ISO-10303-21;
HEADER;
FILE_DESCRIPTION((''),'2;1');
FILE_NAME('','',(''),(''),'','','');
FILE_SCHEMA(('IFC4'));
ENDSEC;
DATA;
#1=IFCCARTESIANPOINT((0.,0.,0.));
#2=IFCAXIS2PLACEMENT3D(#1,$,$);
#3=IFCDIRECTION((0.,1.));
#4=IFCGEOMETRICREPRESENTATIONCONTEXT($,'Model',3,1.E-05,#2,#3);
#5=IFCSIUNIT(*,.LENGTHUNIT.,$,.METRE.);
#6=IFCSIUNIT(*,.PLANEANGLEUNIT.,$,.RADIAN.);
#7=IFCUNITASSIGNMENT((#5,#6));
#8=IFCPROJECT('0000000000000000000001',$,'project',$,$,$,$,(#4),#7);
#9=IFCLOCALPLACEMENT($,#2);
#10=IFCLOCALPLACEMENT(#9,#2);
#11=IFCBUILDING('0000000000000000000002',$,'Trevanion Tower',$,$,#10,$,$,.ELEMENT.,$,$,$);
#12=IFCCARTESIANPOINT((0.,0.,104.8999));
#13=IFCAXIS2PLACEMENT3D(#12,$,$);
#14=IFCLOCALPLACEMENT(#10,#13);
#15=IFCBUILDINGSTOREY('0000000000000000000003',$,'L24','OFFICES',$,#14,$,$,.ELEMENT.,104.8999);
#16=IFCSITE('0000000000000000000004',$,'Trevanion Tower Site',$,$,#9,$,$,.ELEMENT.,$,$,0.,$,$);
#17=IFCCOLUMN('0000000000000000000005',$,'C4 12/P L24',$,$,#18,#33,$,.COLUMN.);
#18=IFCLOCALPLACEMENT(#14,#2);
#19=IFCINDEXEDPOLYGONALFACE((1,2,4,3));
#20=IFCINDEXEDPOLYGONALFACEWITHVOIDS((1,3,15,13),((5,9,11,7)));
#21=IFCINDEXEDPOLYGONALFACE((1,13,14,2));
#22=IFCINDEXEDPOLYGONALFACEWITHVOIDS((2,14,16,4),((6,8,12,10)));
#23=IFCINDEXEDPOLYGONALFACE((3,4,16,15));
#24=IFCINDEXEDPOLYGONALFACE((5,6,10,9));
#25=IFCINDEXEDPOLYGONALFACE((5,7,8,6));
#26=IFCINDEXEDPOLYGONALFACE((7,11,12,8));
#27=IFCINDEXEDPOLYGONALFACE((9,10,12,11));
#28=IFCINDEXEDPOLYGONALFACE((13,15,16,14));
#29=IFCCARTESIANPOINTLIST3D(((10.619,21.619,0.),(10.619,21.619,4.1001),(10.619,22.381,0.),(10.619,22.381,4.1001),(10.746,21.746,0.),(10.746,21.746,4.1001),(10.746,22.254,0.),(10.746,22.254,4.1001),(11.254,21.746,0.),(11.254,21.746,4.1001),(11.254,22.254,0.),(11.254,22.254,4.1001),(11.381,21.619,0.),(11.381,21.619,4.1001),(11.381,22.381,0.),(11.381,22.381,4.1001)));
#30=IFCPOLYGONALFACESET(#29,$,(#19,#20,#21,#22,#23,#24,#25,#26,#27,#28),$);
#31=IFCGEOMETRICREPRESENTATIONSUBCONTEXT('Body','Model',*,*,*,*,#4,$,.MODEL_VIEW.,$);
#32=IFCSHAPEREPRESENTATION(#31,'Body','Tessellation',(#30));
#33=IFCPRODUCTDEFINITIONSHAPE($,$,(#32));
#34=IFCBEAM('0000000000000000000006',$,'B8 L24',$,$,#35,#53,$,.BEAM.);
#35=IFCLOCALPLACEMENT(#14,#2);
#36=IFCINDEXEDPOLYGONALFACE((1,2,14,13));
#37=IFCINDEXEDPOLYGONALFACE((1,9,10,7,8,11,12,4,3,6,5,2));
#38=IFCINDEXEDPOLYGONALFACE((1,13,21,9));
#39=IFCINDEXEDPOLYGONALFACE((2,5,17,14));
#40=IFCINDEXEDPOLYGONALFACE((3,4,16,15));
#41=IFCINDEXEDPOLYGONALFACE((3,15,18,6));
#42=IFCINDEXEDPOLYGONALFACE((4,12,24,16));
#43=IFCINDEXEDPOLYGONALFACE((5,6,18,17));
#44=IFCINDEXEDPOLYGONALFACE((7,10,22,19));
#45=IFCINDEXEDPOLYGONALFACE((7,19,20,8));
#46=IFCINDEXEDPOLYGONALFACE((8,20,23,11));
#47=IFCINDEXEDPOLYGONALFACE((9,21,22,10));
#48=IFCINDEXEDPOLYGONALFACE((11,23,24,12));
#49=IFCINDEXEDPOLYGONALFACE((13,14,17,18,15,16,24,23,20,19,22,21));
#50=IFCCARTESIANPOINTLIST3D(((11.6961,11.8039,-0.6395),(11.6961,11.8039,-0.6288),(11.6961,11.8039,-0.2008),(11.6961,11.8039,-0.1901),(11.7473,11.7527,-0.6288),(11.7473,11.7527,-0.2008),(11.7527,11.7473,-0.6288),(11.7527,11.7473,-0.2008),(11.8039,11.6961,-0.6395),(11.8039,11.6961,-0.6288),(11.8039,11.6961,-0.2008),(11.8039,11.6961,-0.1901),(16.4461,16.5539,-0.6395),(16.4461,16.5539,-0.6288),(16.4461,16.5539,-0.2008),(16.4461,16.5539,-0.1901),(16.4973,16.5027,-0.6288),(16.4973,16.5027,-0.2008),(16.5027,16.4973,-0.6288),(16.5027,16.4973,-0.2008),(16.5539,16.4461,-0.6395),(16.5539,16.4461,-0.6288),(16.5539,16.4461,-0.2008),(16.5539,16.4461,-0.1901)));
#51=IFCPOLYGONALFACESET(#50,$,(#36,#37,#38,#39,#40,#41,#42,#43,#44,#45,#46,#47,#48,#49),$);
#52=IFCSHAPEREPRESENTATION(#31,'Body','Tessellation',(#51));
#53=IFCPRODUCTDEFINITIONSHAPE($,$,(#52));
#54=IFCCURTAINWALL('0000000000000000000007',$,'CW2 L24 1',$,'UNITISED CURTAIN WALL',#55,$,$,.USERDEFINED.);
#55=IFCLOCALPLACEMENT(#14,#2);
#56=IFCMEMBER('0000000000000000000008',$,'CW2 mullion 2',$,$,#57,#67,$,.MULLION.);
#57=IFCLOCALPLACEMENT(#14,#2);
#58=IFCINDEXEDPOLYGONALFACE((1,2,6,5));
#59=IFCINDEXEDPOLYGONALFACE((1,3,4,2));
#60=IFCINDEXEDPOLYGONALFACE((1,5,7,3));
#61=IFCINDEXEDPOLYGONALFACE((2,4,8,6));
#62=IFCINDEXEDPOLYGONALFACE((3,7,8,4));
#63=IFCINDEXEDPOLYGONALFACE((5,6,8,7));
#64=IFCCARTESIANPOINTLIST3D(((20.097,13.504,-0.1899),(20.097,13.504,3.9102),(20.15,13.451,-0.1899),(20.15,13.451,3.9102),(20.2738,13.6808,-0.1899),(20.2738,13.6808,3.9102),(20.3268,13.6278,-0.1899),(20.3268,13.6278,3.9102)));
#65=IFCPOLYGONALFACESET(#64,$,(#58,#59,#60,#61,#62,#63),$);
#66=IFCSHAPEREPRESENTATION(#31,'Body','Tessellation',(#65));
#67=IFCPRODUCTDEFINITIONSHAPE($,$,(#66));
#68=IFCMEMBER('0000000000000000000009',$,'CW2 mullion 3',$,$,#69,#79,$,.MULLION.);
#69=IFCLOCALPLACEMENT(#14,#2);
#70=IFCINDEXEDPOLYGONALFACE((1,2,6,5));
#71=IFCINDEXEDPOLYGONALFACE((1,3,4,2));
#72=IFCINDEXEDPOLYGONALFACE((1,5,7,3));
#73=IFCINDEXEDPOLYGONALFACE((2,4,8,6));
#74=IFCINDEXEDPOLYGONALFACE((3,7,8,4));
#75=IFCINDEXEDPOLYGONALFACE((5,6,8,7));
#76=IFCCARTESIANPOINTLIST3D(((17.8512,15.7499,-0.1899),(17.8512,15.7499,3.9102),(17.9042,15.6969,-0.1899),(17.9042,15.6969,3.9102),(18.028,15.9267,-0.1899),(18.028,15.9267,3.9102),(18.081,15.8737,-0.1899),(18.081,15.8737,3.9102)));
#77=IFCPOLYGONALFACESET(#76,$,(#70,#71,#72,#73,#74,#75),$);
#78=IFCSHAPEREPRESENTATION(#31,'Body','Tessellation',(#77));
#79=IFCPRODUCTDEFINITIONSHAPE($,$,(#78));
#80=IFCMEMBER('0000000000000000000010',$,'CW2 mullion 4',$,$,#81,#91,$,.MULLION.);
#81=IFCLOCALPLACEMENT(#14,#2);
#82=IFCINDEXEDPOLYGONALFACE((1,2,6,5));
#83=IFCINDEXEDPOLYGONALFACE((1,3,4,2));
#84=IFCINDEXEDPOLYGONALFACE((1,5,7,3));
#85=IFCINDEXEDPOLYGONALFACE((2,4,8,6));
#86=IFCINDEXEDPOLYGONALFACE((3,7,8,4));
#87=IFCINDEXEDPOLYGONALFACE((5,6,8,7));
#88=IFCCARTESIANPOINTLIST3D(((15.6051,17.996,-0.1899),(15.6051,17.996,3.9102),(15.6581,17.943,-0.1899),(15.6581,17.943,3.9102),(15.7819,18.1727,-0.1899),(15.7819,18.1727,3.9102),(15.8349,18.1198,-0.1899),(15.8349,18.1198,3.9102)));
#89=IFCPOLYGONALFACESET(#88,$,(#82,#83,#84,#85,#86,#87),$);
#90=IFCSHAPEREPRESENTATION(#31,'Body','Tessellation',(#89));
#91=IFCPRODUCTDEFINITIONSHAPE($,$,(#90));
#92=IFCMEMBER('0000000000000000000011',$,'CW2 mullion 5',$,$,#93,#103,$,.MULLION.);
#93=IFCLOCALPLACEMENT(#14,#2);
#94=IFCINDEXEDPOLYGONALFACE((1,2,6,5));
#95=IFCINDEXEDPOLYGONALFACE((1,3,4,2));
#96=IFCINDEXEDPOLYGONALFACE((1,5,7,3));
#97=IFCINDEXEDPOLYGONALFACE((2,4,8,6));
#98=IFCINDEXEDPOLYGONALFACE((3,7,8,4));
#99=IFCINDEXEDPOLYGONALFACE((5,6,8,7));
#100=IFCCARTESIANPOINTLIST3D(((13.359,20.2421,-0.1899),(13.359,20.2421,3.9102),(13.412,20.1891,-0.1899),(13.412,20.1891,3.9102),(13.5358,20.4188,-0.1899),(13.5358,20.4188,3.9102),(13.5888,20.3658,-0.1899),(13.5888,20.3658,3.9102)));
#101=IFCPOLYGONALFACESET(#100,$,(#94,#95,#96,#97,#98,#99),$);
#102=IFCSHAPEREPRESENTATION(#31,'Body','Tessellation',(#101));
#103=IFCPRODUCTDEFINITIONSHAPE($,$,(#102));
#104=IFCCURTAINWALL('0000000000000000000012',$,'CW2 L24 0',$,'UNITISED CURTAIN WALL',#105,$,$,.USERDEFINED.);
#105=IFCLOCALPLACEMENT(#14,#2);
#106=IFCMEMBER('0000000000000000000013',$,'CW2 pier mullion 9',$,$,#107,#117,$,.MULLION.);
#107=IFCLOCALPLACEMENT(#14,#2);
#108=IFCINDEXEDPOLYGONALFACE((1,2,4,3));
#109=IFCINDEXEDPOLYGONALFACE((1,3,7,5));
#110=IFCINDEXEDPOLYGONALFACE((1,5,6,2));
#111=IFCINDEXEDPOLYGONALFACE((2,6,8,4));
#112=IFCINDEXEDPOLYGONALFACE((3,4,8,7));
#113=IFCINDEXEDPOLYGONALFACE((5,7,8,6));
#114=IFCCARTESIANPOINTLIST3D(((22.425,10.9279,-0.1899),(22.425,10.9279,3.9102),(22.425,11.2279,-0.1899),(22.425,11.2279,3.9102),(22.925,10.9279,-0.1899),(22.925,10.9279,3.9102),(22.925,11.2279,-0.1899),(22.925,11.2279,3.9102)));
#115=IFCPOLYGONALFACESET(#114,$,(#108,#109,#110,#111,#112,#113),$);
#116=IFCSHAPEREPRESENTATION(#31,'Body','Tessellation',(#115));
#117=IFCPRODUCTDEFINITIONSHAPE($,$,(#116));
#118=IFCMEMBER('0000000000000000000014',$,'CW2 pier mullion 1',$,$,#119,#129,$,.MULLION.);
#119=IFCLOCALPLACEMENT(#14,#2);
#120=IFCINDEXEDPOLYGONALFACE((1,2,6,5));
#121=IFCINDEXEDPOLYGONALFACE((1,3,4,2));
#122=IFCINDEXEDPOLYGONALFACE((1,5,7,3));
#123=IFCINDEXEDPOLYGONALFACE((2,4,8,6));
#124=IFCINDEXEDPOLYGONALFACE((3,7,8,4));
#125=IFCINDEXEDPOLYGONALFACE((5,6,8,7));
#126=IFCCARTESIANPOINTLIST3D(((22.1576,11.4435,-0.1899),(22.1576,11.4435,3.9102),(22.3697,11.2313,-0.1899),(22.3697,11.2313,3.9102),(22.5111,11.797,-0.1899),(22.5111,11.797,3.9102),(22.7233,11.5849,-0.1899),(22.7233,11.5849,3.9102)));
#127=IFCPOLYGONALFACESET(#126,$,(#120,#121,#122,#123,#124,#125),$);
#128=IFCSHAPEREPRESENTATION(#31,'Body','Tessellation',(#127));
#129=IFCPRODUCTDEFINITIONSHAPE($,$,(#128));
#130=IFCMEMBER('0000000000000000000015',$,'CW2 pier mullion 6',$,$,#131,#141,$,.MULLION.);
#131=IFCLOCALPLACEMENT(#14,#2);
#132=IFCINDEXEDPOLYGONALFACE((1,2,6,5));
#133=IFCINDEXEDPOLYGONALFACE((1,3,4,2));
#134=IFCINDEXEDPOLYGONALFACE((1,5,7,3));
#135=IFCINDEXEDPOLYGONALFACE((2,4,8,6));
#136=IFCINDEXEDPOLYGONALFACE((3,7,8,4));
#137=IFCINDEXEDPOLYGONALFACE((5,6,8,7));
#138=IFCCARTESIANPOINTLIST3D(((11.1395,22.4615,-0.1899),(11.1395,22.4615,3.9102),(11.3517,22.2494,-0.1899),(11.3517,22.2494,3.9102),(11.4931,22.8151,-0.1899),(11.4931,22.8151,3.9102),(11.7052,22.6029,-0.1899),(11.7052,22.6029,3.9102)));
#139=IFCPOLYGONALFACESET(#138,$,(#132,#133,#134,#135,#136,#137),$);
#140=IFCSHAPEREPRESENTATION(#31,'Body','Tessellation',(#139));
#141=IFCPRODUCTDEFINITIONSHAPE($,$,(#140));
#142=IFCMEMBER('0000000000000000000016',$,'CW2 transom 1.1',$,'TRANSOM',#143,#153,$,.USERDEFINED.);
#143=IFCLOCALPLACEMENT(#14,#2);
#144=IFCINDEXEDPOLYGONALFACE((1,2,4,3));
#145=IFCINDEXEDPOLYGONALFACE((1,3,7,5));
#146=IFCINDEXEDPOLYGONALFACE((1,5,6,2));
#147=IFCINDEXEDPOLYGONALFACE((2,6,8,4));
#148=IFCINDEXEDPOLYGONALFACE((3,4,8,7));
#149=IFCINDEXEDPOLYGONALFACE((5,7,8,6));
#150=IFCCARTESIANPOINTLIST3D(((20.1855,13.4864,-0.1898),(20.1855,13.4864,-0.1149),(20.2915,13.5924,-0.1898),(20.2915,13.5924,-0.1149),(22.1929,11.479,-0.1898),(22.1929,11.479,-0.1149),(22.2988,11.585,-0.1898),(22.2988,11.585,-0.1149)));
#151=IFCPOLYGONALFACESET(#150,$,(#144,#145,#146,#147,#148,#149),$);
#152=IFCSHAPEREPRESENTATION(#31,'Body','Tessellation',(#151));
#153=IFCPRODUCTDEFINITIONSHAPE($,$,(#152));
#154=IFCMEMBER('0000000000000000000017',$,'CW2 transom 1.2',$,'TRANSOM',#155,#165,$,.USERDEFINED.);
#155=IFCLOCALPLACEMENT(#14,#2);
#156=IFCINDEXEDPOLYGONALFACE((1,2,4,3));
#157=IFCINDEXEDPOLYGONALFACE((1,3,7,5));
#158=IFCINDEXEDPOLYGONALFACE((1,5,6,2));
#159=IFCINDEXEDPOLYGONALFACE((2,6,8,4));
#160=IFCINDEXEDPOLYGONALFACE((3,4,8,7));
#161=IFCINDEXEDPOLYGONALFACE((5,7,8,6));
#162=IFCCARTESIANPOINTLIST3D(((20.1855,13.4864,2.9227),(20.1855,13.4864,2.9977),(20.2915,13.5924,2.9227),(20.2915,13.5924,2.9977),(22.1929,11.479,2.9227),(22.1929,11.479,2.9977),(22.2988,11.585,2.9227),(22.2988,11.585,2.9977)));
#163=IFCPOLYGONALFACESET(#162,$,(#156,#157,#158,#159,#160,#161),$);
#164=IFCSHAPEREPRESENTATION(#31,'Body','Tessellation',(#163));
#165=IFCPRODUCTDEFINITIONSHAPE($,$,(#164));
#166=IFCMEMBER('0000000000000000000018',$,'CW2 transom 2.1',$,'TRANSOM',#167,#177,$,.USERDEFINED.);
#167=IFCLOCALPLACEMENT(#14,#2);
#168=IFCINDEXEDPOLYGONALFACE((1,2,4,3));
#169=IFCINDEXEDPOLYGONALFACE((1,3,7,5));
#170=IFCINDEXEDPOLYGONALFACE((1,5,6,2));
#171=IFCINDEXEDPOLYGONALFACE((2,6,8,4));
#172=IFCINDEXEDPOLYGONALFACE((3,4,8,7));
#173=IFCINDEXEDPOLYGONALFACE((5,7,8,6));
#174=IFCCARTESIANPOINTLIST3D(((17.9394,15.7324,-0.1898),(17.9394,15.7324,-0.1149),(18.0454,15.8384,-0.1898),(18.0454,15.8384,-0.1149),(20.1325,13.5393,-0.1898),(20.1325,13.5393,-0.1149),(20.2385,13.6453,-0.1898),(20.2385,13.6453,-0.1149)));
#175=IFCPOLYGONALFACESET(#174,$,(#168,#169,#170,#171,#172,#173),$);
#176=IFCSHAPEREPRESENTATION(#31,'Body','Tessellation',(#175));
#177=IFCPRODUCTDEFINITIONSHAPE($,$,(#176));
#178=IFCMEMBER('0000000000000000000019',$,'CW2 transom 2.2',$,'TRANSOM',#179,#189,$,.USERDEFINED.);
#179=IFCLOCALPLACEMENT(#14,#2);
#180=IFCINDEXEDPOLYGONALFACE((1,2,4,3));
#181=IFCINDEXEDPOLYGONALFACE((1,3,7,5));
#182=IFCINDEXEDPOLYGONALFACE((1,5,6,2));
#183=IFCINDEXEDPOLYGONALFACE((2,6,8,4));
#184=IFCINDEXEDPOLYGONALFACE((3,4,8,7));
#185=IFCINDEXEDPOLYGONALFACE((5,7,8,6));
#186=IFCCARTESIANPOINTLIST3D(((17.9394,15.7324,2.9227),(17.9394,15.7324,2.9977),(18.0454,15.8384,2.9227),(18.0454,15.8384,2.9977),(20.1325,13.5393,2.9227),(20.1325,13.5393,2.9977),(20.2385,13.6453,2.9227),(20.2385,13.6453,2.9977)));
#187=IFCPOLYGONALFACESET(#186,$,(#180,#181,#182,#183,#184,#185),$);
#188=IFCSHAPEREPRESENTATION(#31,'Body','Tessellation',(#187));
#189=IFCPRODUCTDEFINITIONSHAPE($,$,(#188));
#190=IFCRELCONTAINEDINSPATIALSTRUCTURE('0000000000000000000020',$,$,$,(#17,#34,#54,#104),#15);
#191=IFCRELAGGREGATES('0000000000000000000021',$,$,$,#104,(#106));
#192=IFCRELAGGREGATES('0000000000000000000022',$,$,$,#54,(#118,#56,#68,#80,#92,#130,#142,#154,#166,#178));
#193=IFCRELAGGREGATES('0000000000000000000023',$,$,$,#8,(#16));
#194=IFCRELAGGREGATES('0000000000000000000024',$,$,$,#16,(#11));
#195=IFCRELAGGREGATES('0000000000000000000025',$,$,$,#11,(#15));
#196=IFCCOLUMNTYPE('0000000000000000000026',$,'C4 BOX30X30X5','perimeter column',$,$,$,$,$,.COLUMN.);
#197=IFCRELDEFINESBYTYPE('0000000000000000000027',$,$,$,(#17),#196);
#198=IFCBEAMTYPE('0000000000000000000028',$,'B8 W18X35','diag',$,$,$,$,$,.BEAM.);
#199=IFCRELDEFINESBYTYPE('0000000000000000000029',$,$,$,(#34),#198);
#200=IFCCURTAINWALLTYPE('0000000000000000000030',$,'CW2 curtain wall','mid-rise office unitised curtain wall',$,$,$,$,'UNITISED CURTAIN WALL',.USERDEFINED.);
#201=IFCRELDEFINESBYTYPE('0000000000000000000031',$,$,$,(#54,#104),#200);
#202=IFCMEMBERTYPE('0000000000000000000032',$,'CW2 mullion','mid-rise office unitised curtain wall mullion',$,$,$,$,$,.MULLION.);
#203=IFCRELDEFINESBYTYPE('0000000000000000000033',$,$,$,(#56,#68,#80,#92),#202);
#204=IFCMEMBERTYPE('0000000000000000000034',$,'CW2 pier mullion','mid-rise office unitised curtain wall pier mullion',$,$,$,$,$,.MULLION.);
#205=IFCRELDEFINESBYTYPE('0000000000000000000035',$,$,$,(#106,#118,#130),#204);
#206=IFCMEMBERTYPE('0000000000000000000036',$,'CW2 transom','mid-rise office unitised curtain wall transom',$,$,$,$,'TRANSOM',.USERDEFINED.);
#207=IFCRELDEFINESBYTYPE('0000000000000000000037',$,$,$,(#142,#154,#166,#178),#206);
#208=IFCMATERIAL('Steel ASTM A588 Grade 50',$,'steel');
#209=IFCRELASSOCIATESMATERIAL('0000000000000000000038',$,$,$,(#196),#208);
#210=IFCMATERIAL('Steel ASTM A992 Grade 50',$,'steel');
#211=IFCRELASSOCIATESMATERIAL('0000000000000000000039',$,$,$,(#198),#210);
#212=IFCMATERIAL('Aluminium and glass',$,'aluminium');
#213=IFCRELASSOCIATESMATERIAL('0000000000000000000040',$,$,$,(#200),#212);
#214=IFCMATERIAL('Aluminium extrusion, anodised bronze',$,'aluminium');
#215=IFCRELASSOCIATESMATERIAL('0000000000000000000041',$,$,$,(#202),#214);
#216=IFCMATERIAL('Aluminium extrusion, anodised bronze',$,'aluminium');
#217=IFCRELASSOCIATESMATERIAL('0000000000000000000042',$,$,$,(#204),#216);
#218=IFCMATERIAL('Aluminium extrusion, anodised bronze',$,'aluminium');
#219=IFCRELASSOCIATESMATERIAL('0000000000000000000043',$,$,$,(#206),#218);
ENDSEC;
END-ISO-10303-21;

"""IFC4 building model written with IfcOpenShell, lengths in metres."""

from ifc_helpers import new_model, si_unit, direction, frame, origin, origin_2d, place, context, subcontext, project, spatial, rectangle, hollow_rectangle, i_section, extrude, material, material_profile, profile_set, type_object, element, aggregate, save


model = new_model("IFC4")

# Units and contexts
model_context = context("Model", 3, precision=1e-05, world=origin(), true_north=direction((0.0, 1.0)))
body_context = subcontext(model_context, "Body", "Model", "MODEL_VIEW")
ifc_project = project(units=[si_unit("LENGTHUNIT", "METRE"), si_unit("PLANEANGLEUNIT", "RADIAN")], contexts=[model_context])

# Site, building, storey
site_placement = place(None, origin())
site = spatial("IfcSite", under=ifc_project, at=site_placement, Name="Trevanion Tower Site", CompositionType="ELEMENT", RefElevation=0.0)
building_placement = place(site_placement, origin())
building = spatial("IfcBuilding", under=site, at=building_placement, Name="Trevanion Tower", CompositionType="ELEMENT")
storey_placement = place(building_placement, frame((0.0, 0.0, 104.8999)))
storey = spatial("IfcBuildingStorey", under=building, at=storey_placement, Name="L24", Description="OFFICES", CompositionType="ELEMENT", Elevation=104.8999)

# Column
ifc_material_1 = material(Name="Steel ASTM A588 Grade 50", Category="steel")
ifc_material_profile_1 = material_profile(ifc_material_1, hollow_rectangle(XDim=0.762, YDim=0.762, WallThickness=0.127, at=origin_2d()), Name="BOX30X30X5")
ifc_profile_set_1 = profile_set([ifc_material_profile_1], Name="Steel ASTM A588 Grade 50")
column_type = type_object("IfcColumnType", Name="C4 BOX30X30X5", Description="perimeter column", PredefinedType="COLUMN", material=ifc_profile_set_1)
column_placement = place(storey_placement, frame((11.0, 22.0, 0.0), z_axis=(0.0, 0.0, 1.0), x_axis=(1.0, 0.0, 0.0)))
element("IfcColumn", 1, at=column_placement, inside=storey, type_object=column_type, Name="C4 12/P L24", PredefinedType="COLUMN", context=body_context, shape_type="SweptSolid", body=[
    extrude(hollow_rectangle(XDim=0.762, YDim=0.762, WallThickness=0.127, at=origin_2d()), origin(), (0.0, 0.0, 1.0), 4.1001),
])

# Beam
ifc_material_2 = material(Name="Steel ASTM A992 Grade 50", Category="steel")
ifc_material_profile_2 = material_profile(ifc_material_2, i_section(OverallWidth=0.1523, OverallDepth=0.4495, WebThickness=0.0076, FlangeThickness=0.0107, at=origin_2d()), Name="W18X35")
ifc_profile_set_2 = profile_set([ifc_material_profile_2], Name="Steel ASTM A992 Grade 50")
beam_type_1 = type_object("IfcBeamType", Name="B8 W18X35", Description="diag", PredefinedType="BEAM", material=ifc_profile_set_2)
beam_1_placement = place(storey_placement, frame((11.75, 11.75, -0.4148), z_axis=(0.707107, 0.707107, 0.0), x_axis=(-0.707107, 0.707107, 0.0)))
element("IfcBeam", 2, at=beam_1_placement, inside=storey, type_object=beam_type_1, Name="B8 L24", PredefinedType="BEAM", context=body_context, shape_type="SweptSolid", body=[
    extrude(i_section(OverallWidth=0.1523, OverallDepth=0.4495, WebThickness=0.0076, FlangeThickness=0.0107, at=origin_2d()), origin(), (0.0, 0.0, 1.0), 6.7175),
])

# Curtain wall, members
ifc_material_3 = material(Name="Aluminium and glass", Category="aluminium")
curtain_wall_type = type_object("IfcCurtainWallType", Name="CW2 curtain wall", Description="mid-rise office unitised curtain wall", ElementType="UNITISED CURTAIN WALL", PredefinedType="USERDEFINED", material=ifc_material_3)
curtain_wall_1_placement = place(storey_placement, origin())
curtain_wall_1 = element("IfcCurtainWall", 3, at=curtain_wall_1_placement, inside=storey, type_object=curtain_wall_type, Name="CW2 L24 1", ObjectType="UNITISED CURTAIN WALL", PredefinedType="USERDEFINED")
ifc_material_4 = material(Name="Aluminium extrusion, anodised bronze", Category="aluminium")
ifc_material_profile_3 = material_profile(ifc_material_4, rectangle(XDim=0.075, YDim=0.25, at=origin_2d()), Name="CW2 mullion")
ifc_profile_set_3 = profile_set([ifc_material_profile_3], Name="Aluminium extrusion, anodised bronze")
member_type_1 = type_object("IfcMemberType", Name="CW2 mullion", Description="mid-rise office unitised curtain wall mullion", PredefinedType="MULLION", material=ifc_profile_set_3)
member_1_placement = place(storey_placement, frame((20.2119, 13.5659, -0.1899), z_axis=(0.0, 0.0, 1.0), x_axis=(-0.707107, 0.707107, 0.0)))
member_1 = element("IfcMember", 4, at=member_1_placement, type_object=member_type_1, Name="CW2 mullion 2", PredefinedType="MULLION", context=body_context, shape_type="SweptSolid", body=[
    extrude(rectangle(XDim=0.075, YDim=0.25, at=origin_2d()), origin(), (0.0, 0.0, 1.0), 4.1001),
])
member_2_placement = place(storey_placement, frame((17.9661, 15.8118, -0.1899), z_axis=(0.0, 0.0, 1.0), x_axis=(-0.707107, 0.707107, 0.0)))
member_2 = element("IfcMember", 5, at=member_2_placement, type_object=member_type_1, Name="CW2 mullion 3", PredefinedType="MULLION", context=body_context, shape_type="SweptSolid", body=[
    extrude(rectangle(XDim=0.075, YDim=0.25, at=origin_2d()), origin(), (0.0, 0.0, 1.0), 4.1001),
])
member_3_placement = place(storey_placement, frame((15.72, 18.0579, -0.1899), z_axis=(0.0, 0.0, 1.0), x_axis=(-0.707107, 0.707107, 0.0)))
member_3 = element("IfcMember", 6, at=member_3_placement, type_object=member_type_1, Name="CW2 mullion 4", PredefinedType="MULLION", context=body_context, shape_type="SweptSolid", body=[
    extrude(rectangle(XDim=0.075, YDim=0.25, at=origin_2d()), origin(), (0.0, 0.0, 1.0), 4.1001),
])
member_4_placement = place(storey_placement, frame((13.4739, 20.304, -0.1899), z_axis=(0.0, 0.0, 1.0), x_axis=(-0.707107, 0.707107, 0.0)))
member_4 = element("IfcMember", 7, at=member_4_placement, type_object=member_type_1, Name="CW2 mullion 5", PredefinedType="MULLION", context=body_context, shape_type="SweptSolid", body=[
    extrude(rectangle(XDim=0.075, YDim=0.25, at=origin_2d()), origin(), (0.0, 0.0, 1.0), 4.1001),
])

# Curtain wall, member
curtain_wall_2_placement = place(storey_placement, origin())
curtain_wall_2 = element("IfcCurtainWall", 8, at=curtain_wall_2_placement, inside=storey, type_object=curtain_wall_type, Name="CW2 L24 0", ObjectType="UNITISED CURTAIN WALL", PredefinedType="USERDEFINED")
ifc_material_5 = material(Name="Aluminium extrusion, anodised bronze", Category="aluminium")
ifc_material_profile_4 = material_profile(ifc_material_5, rectangle(XDim=0.3, YDim=0.5, at=origin_2d()), Name="CW2 pier mullion")
ifc_profile_set_4 = profile_set([ifc_material_profile_4], Name="Aluminium extrusion, anodised bronze")
member_type_2 = type_object("IfcMemberType", Name="CW2 pier mullion", Description="mid-rise office unitised curtain wall pier mullion", PredefinedType="MULLION", material=ifc_profile_set_4)
member_5_placement = place(storey_placement, frame((22.675, 11.0779, -0.1899), z_axis=(0.0, 0.0, 1.0), x_axis=(0.0, 1.0, 0.0)))
member_5 = element("IfcMember", 9, at=member_5_placement, type_object=member_type_2, Name="CW2 pier mullion 9", PredefinedType="MULLION", context=body_context, shape_type="SweptSolid", body=[
    extrude(rectangle(XDim=0.3, YDim=0.5, at=origin_2d()), origin(), (0.0, 0.0, 1.0), 4.1001),
])
aggregate(curtain_wall_2, [member_5])

# Members
member_6_placement = place(storey_placement, frame((22.4404, 11.5142, -0.1899), z_axis=(0.0, 0.0, 1.0), x_axis=(-0.707107, 0.707107, 0.0)))
member_6 = element("IfcMember", 10, at=member_6_placement, type_object=member_type_2, Name="CW2 pier mullion 1", PredefinedType="MULLION", context=body_context, shape_type="SweptSolid", body=[
    extrude(rectangle(XDim=0.3, YDim=0.5, at=origin_2d()), origin(), (0.0, 0.0, 1.0), 4.1001),
])
member_7_placement = place(storey_placement, frame((11.4224, 22.5322, -0.1899), z_axis=(0.0, 0.0, 1.0), x_axis=(-0.707107, 0.707107, 0.0)))
member_7 = element("IfcMember", 11, at=member_7_placement, type_object=member_type_2, Name="CW2 pier mullion 6", PredefinedType="MULLION", context=body_context, shape_type="SweptSolid", body=[
    extrude(rectangle(XDim=0.3, YDim=0.5, at=origin_2d()), origin(), (0.0, 0.0, 1.0), 4.1001),
])
ifc_material_6 = material(Name="Aluminium extrusion, anodised bronze", Category="aluminium")
ifc_material_profile_5 = material_profile(ifc_material_6, rectangle(XDim=0.1499, YDim=0.075, at=origin_2d()), Name="CW2 transom")
ifc_profile_set_5 = profile_set([ifc_material_profile_5], Name="Aluminium extrusion, anodised bronze")
member_type_3 = type_object("IfcMemberType", Name="CW2 transom", Description="mid-rise office unitised curtain wall transom", ElementType="TRANSOM", PredefinedType="USERDEFINED", material=ifc_profile_set_5)
member_8_placement = place(storey_placement, frame((22.2458, 11.532, -0.1523), z_axis=(-0.707107, 0.707107, 0.0), x_axis=(-0.707107, -0.707107, 0.0)))
member_8 = element("IfcMember", 12, at=member_8_placement, type_object=member_type_3, Name="CW2 transom 1.1", ObjectType="TRANSOM", PredefinedType="USERDEFINED", context=body_context, shape_type="SweptSolid", body=[
    extrude(rectangle(XDim=0.1499, YDim=0.075, at=origin_2d()), origin(), (0.0, 0.0, 1.0), 2.8389),
])
member_9_placement = place(storey_placement, frame((22.2458, 11.532, 2.9602), z_axis=(-0.707107, 0.707107, 0.0), x_axis=(-0.707107, -0.707107, 0.0)))
member_9 = element("IfcMember", 13, at=member_9_placement, type_object=member_type_3, Name="CW2 transom 1.2", ObjectType="TRANSOM", PredefinedType="USERDEFINED", context=body_context, shape_type="SweptSolid", body=[
    extrude(rectangle(XDim=0.1499, YDim=0.075, at=origin_2d()), origin(), (0.0, 0.0, 1.0), 2.8389),
])
member_10_placement = place(storey_placement, frame((20.1855, 13.5923, -0.1523), z_axis=(-0.707107, 0.707107, 0.0), x_axis=(-0.707107, -0.707107, 0.0)))
member_10 = element("IfcMember", 14, at=member_10_placement, type_object=member_type_3, Name="CW2 transom 2.1", ObjectType="TRANSOM", PredefinedType="USERDEFINED", context=body_context, shape_type="SweptSolid", body=[
    extrude(rectangle(XDim=0.1499, YDim=0.075, at=origin_2d()), origin(), (0.0, 0.0, 1.0), 3.1016),
])
member_11_placement = place(storey_placement, frame((20.1855, 13.5923, 2.9602), z_axis=(-0.707107, 0.707107, 0.0), x_axis=(-0.707107, -0.707107, 0.0)))
member_11 = element("IfcMember", 15, at=member_11_placement, type_object=member_type_3, Name="CW2 transom 2.2", ObjectType="TRANSOM", PredefinedType="USERDEFINED", context=body_context, shape_type="SweptSolid", body=[
    extrude(rectangle(XDim=0.1499, YDim=0.075, at=origin_2d()), origin(), (0.0, 0.0, 1.0), 3.1016),
])

aggregate(curtain_wall_1, [member_6, member_1, member_2, member_3, member_4, member_7, member_8, member_9, member_10, member_11])

save(model, "model.ifc")
